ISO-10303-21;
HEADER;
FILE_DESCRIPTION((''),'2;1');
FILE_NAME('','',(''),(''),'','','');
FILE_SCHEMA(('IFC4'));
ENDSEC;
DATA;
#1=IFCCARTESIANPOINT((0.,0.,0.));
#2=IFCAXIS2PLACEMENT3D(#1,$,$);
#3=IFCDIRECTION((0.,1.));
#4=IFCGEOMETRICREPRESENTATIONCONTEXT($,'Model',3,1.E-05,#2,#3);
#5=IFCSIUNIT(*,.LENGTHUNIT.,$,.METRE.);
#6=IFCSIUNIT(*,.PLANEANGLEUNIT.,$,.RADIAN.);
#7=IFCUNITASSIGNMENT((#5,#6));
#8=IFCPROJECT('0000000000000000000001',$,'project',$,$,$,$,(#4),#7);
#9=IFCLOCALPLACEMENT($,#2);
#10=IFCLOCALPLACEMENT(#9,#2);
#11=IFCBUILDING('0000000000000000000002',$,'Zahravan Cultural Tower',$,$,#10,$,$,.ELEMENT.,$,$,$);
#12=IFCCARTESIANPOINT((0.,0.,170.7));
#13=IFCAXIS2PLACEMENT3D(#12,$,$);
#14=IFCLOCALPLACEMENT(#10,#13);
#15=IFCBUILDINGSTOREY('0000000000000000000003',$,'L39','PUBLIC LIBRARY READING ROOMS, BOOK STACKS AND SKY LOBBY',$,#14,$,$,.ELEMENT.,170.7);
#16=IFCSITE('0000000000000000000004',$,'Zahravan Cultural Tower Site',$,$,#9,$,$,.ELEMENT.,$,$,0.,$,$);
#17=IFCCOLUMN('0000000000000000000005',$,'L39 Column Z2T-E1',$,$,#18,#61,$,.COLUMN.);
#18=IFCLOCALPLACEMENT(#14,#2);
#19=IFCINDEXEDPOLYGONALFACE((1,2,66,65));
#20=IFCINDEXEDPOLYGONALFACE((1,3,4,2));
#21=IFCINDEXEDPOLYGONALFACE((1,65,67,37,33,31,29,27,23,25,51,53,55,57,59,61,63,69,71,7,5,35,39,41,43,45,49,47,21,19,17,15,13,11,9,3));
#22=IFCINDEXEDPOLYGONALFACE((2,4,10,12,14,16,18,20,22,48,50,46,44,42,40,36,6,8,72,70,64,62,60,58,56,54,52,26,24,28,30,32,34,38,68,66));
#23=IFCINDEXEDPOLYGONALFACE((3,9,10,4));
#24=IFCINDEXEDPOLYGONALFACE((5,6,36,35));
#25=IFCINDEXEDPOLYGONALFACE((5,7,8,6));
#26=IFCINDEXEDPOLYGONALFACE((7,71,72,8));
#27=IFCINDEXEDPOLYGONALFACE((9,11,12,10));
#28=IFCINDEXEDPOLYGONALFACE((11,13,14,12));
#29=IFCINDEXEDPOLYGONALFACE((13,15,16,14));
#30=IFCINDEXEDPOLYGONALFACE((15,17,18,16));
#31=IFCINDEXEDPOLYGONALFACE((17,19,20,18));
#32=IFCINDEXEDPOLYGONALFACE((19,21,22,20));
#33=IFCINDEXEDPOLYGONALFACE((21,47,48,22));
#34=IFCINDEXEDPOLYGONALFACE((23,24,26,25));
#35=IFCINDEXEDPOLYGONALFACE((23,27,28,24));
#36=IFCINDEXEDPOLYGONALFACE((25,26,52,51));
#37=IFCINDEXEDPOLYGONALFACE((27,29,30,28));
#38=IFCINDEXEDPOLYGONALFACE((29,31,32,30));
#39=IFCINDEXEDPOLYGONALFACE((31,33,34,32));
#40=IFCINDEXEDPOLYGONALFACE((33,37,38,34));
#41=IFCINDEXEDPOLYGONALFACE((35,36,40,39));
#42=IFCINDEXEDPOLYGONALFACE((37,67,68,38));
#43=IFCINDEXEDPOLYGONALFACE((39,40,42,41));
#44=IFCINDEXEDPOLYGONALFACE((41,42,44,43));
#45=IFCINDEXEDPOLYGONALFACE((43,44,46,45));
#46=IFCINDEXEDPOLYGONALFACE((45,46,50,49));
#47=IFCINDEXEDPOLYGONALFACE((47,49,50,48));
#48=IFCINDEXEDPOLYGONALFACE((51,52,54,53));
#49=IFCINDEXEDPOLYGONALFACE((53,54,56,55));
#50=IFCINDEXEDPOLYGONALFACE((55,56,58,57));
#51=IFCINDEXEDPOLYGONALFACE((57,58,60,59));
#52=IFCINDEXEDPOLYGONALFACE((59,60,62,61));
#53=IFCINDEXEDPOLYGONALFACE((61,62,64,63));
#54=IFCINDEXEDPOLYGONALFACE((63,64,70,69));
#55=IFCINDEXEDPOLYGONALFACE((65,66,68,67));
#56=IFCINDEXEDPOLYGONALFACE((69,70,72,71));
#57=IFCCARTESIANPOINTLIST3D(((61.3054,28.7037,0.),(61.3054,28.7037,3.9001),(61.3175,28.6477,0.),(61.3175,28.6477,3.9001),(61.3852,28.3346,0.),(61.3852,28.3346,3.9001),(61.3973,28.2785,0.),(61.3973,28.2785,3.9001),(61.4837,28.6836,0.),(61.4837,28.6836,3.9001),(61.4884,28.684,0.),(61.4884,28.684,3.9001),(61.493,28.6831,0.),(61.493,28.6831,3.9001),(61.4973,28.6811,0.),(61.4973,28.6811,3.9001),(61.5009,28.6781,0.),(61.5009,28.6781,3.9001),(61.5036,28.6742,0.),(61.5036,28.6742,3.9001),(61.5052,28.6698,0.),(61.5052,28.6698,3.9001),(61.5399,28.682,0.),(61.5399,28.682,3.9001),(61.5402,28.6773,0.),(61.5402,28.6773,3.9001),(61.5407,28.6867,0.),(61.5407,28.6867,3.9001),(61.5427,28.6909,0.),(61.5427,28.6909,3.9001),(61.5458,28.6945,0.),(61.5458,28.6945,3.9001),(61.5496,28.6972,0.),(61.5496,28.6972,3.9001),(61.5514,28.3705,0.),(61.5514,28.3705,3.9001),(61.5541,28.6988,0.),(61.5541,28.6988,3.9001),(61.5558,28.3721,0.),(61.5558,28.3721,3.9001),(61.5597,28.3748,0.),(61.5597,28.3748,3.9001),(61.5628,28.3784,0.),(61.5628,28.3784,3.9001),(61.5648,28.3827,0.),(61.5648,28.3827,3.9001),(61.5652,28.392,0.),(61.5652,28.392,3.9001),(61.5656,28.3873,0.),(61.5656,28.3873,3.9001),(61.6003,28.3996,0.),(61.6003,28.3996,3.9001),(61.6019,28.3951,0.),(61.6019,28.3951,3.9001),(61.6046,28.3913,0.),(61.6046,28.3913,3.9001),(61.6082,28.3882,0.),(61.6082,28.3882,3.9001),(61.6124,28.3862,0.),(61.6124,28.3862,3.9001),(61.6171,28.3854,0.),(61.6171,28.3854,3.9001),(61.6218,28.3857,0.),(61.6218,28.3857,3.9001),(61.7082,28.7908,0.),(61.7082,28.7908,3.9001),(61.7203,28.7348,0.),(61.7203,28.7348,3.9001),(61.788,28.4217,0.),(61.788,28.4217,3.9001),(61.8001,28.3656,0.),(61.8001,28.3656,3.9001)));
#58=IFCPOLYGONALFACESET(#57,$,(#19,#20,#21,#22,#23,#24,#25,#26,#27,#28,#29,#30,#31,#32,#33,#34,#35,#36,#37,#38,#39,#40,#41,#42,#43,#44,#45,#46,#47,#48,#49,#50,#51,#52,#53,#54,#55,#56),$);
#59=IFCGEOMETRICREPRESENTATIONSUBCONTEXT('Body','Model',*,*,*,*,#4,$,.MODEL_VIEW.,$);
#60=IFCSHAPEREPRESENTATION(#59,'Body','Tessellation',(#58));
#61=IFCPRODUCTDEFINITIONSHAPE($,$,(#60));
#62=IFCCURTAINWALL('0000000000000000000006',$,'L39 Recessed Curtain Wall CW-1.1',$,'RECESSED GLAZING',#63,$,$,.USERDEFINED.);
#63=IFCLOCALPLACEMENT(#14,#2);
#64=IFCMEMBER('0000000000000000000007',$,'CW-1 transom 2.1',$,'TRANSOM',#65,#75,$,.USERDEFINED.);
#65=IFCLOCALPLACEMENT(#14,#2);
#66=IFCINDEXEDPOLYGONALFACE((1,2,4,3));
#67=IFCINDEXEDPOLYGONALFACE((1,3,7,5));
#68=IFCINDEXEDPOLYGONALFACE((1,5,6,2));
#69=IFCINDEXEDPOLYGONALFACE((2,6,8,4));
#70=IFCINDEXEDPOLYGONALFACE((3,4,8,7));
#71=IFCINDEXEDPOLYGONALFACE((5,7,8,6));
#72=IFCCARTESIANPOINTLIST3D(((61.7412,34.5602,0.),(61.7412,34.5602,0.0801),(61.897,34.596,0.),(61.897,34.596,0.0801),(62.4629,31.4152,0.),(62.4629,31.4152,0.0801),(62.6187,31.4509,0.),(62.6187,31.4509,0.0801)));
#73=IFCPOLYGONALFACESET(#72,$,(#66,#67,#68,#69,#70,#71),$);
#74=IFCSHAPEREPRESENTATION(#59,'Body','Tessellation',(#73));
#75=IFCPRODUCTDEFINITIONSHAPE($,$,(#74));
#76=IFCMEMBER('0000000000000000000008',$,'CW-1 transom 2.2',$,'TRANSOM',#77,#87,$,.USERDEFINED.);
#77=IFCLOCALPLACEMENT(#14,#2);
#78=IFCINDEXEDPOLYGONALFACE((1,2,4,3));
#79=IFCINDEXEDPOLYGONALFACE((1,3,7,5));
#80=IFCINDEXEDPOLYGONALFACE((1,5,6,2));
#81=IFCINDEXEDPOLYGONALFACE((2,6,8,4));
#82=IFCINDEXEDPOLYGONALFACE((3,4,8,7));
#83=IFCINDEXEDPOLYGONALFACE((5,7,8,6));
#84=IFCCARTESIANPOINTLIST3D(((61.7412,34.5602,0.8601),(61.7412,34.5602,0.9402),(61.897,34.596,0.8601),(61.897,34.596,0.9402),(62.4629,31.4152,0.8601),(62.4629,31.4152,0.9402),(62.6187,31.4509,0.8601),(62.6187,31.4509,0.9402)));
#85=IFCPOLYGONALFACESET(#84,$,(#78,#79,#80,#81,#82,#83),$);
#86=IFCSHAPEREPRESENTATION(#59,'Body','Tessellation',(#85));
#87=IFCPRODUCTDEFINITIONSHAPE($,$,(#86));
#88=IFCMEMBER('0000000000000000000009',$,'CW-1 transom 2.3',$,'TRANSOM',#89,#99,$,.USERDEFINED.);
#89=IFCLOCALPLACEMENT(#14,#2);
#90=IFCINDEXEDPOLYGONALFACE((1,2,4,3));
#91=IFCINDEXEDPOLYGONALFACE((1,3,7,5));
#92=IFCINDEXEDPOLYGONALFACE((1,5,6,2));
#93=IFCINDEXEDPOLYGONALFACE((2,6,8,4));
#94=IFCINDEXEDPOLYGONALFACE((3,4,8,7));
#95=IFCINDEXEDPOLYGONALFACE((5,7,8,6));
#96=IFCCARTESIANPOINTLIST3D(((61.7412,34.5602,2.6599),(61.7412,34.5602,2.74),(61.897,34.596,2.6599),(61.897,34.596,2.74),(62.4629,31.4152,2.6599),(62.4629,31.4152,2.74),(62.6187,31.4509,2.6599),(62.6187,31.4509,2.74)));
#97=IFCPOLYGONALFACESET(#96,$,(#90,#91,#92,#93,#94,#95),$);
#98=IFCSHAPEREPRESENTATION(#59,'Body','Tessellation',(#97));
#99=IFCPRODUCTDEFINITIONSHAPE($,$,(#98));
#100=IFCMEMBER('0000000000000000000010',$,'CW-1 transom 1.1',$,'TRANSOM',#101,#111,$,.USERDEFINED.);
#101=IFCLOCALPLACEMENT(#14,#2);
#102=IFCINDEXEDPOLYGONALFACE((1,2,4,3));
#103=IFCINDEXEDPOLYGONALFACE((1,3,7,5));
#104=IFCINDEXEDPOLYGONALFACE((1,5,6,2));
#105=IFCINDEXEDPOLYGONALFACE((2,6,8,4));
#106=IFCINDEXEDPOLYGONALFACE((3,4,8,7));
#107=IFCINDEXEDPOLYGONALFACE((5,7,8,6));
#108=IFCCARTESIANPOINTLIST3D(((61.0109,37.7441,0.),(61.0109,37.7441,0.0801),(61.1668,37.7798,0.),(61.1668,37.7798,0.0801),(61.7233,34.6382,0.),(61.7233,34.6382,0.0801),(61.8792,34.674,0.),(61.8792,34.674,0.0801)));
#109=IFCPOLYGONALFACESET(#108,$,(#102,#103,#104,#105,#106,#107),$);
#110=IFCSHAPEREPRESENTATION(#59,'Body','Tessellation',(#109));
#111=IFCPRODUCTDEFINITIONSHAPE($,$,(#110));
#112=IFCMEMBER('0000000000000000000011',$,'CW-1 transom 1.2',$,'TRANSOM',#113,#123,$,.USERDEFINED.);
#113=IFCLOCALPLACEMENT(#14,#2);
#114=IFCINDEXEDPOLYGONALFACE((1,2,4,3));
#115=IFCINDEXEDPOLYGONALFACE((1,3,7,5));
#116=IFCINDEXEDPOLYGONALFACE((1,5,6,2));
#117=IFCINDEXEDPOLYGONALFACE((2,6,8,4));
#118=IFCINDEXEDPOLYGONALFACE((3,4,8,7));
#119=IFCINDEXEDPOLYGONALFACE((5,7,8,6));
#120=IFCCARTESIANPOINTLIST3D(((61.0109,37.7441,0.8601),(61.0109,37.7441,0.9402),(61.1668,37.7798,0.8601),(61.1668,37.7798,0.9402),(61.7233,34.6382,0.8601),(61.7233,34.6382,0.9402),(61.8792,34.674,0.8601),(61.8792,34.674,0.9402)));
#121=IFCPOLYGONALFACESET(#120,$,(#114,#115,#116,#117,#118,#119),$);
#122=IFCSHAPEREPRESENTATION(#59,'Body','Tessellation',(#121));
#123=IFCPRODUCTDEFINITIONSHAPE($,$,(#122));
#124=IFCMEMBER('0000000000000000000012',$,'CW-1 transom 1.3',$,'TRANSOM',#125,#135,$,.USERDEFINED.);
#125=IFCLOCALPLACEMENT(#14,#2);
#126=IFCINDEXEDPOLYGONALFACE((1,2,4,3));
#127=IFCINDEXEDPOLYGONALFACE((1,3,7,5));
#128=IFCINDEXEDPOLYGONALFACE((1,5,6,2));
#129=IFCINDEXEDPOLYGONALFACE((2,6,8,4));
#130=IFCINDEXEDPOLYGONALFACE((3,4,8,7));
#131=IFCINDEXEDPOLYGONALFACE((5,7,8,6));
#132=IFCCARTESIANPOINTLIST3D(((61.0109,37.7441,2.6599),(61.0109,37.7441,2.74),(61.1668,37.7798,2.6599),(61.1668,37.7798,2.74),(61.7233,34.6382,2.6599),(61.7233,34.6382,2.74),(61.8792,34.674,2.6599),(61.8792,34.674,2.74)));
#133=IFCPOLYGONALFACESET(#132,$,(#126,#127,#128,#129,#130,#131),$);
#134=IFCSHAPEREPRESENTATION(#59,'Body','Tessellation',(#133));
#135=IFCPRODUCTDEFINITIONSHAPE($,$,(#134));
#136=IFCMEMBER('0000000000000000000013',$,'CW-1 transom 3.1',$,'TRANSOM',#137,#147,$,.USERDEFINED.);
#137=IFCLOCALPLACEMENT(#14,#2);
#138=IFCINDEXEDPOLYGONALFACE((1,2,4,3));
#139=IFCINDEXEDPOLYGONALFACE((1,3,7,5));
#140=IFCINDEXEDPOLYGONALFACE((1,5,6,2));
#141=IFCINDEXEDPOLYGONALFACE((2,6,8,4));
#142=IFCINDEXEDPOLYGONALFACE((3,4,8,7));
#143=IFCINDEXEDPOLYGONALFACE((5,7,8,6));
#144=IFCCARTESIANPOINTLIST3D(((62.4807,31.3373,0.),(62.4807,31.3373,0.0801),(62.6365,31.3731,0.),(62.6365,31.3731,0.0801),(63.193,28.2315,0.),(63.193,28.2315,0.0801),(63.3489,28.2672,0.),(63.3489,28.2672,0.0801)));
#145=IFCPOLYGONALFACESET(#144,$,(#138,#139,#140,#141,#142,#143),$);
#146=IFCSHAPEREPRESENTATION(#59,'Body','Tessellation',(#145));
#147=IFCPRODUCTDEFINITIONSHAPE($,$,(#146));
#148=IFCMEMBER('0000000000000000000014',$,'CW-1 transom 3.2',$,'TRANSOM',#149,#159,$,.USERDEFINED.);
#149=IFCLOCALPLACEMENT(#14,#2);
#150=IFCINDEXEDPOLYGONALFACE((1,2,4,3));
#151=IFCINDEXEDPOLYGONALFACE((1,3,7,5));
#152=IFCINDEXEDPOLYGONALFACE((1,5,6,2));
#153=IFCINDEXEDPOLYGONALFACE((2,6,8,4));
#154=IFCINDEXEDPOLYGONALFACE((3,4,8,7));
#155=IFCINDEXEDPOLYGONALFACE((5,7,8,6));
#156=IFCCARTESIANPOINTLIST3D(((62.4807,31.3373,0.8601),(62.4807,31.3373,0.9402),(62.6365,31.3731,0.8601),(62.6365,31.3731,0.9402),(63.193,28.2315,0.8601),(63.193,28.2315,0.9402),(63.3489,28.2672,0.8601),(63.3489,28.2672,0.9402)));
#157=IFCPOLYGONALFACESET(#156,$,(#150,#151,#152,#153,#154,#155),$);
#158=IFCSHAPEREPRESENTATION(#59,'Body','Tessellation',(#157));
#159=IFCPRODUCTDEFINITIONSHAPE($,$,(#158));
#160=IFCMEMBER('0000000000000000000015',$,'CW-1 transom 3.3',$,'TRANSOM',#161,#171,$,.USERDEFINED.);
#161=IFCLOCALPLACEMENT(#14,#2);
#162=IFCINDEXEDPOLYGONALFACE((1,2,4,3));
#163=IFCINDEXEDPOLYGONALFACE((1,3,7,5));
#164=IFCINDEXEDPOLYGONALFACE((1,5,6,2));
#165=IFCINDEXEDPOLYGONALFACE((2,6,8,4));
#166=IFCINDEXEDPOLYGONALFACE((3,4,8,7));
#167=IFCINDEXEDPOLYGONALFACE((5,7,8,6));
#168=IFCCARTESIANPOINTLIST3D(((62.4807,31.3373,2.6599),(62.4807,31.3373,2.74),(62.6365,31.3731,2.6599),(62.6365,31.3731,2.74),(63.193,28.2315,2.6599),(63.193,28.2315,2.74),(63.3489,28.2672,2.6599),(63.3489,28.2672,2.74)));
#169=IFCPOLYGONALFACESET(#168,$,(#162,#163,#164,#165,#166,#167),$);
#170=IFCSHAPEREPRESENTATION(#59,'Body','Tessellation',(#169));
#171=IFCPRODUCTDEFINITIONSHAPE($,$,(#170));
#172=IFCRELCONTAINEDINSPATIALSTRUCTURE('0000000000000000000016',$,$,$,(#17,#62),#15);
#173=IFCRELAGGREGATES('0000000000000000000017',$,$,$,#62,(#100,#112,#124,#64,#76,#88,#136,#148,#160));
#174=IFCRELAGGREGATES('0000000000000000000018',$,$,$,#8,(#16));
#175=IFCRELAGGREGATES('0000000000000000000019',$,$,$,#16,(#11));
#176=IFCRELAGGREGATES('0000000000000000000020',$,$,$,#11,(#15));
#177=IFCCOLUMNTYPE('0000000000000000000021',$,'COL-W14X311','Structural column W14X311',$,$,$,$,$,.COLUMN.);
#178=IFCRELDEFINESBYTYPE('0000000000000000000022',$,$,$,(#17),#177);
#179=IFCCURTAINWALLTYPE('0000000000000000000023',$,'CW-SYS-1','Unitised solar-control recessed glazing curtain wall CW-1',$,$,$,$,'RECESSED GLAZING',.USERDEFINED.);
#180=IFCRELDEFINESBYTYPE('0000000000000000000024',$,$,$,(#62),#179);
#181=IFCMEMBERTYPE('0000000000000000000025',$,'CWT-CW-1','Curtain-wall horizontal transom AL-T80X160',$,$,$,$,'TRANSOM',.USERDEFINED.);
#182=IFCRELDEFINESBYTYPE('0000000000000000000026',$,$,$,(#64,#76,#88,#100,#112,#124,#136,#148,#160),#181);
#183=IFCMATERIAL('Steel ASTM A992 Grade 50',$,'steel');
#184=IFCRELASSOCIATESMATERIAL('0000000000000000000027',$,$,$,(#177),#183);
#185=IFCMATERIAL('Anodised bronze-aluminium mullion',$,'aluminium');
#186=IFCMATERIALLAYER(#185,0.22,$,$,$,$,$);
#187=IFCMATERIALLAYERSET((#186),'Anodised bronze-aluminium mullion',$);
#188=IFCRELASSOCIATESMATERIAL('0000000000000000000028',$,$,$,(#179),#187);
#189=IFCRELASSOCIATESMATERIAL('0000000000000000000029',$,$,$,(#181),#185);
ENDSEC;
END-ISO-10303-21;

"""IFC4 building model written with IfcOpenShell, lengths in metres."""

from ifc_helpers import new_model, si_unit, direction, frame, origin, origin_2d, place, context, subcontext, project, spatial, rectangle, i_section, extrude, source, transform, mapped, material, layer, layer_set, material_profile, profile_set, type_object, element, aggregate, save


model = new_model("IFC4")

# Units and contexts
model_context = context("Model", 3, precision=1e-05, world=origin(), true_north=direction((0.0, 1.0)))
body_context = subcontext(model_context, "Body", "Model", "MODEL_VIEW")
ifc_project = project(units=[si_unit("LENGTHUNIT", "METRE"), si_unit("PLANEANGLEUNIT", "RADIAN")], contexts=[model_context])

# Site, building, storey
site_placement = place(None, origin())
site = spatial("IfcSite", under=ifc_project, at=site_placement, Name="Zahravan Cultural Tower Site", CompositionType="ELEMENT", RefElevation=0.0)
building_placement = place(site_placement, origin())
building = spatial("IfcBuilding", under=site, at=building_placement, Name="Zahravan Cultural Tower", CompositionType="ELEMENT")
storey_placement = place(building_placement, frame((0.0, 0.0, 170.7)))
storey = spatial("IfcBuildingStorey", under=building, at=storey_placement, Name="L39", Description="PUBLIC LIBRARY READING ROOMS, BOOK STACKS AND SKY LOBBY", CompositionType="ELEMENT", Elevation=170.7)

# Column
ifc_material_1 = material(Name="Steel ASTM A992 Grade 50", Category="steel")
ifc_material_profile_1 = material_profile(ifc_material_1, i_section(OverallWidth=0.4121, OverallDepth=0.4351, WebThickness=0.0359, FlangeThickness=0.0574, FilletRadius=0.0181, at=origin_2d()), Name="W14X311")
ifc_profile_set_1 = profile_set([ifc_material_profile_1], Name="Steel ASTM A992 Grade 50")
column_type = type_object("IfcColumnType", Name="COL-W14X311", Description="Structural column W14X311", PredefinedType="COLUMN", material=ifc_profile_set_1)
shared_shape_1 = source(origin(), body_context, "Body", "SweptSolid", [
    extrude(i_section(OverallWidth=0.4121, OverallDepth=0.4351, WebThickness=0.0359, FlangeThickness=0.0574, FilletRadius=0.0181, at=origin_2d()), origin(), (0.0, 0.0, 1.0), 3.9001),
])
column_placement = place(storey_placement, frame((61.5527, 28.5347, 0.0), z_axis=(0.0, 0.0, 1.0), x_axis=(0.977416, 0.211325, 0.0)))
element("IfcColumn", 1, at=column_placement, inside=storey, type_object=column_type, Name="L39 Column Z2T-E1", PredefinedType="COLUMN", context=body_context, shape_type="MappedRepresentation", body=[
    mapped(shared_shape_1, transform((0.0, 0.0, 0.0), x_axis=(1.0, 0.0, 0.0), y_axis=(0.0, 1.0, 0.0), z_axis=(0.0, 0.0, 1.0), scale=1.0)),
])

# Curtain wall, members
ifc_material_2 = material(Name="Anodised bronze-aluminium mullion", Category="aluminium")
ifc_layer_1 = layer(ifc_material_2, 0.22)
ifc_layer_set_1 = layer_set([ifc_layer_1], Name="Anodised bronze-aluminium mullion")
curtain_wall_type = type_object("IfcCurtainWallType", Name="CW-SYS-1", Description="Unitised solar-control recessed glazing curtain wall CW-1", ElementType="RECESSED GLAZING", PredefinedType="USERDEFINED", material=ifc_layer_set_1)
curtain_wall_placement = place(storey_placement, origin())
curtain_wall = element("IfcCurtainWall", 2, at=curtain_wall_placement, inside=storey, type_object=curtain_wall_type, Name="L39 Recessed Curtain Wall CW-1.1", ObjectType="RECESSED GLAZING", PredefinedType="USERDEFINED")
ifc_material_profile_2 = material_profile(ifc_material_2, rectangle(XDim=0.1599, YDim=0.0801, at=origin_2d()), Name="AL-T80X160")
ifc_profile_set_2 = profile_set([ifc_material_profile_2], Name="Anodised bronze-aluminium mullion")
member_type_1 = type_object("IfcMemberType", Name="CWT-CW-1", Description="Curtain-wall horizontal transom AL-T80X160", ElementType="TRANSOM", PredefinedType="USERDEFINED", material=ifc_profile_set_2)
shared_shape_2 = source(origin(), body_context, "Body", "SweptSolid", [
    extrude(rectangle(XDim=0.1599, YDim=0.0801, at=origin_2d()), origin(), (0.0, 0.0, 1.0), 3.2268),
])
member_1_placement = place(storey_placement, frame((61.8191, 34.5781, 0.04), z_axis=(0.223655, -0.974668, 0.0), x_axis=(0.974668, 0.223655, 0.0)))
member_1 = element("IfcMember", 3, at=member_1_placement, type_object=member_type_1, Name="CW-1 transom 2.1", ObjectType="TRANSOM", PredefinedType="USERDEFINED", context=body_context, shape_type="MappedRepresentation", body=[
    mapped(shared_shape_2, transform((0.0, 0.0, 0.0), x_axis=(1.0, 0.0, 0.0), y_axis=(0.0, 1.0, 0.0), z_axis=(0.0, 0.0, 1.0), scale=1.0)),
])
member_2_placement = place(storey_placement, frame((61.8191, 34.5781, 0.9001), z_axis=(0.223655, -0.974668, 0.0), x_axis=(0.974668, 0.223655, 0.0)))
member_2 = element("IfcMember", 4, at=member_2_placement, type_object=member_type_1, Name="CW-1 transom 2.2", ObjectType="TRANSOM", PredefinedType="USERDEFINED", context=body_context, shape_type="MappedRepresentation", body=[
    mapped(shared_shape_2, transform((0.0, 0.0, 0.0), x_axis=(1.0, 0.0, 0.0), y_axis=(0.0, 1.0, 0.0), z_axis=(0.0, 0.0, 1.0), scale=1.0)),
])
member_3_placement = place(storey_placement, frame((61.8191, 34.5781, 2.7), z_axis=(0.223655, -0.974668, 0.0), x_axis=(0.974668, 0.223655, 0.0)))
member_3 = element("IfcMember", 5, at=member_3_placement, type_object=member_type_1, Name="CW-1 transom 2.3", ObjectType="TRANSOM", PredefinedType="USERDEFINED", context=body_context, shape_type="MappedRepresentation", body=[
    mapped(shared_shape_2, transform((0.0, 0.0, 0.0), x_axis=(1.0, 0.0, 0.0), y_axis=(0.0, 1.0, 0.0), z_axis=(0.0, 0.0, 1.0), scale=1.0)),
])
shared_shape_3 = source(origin(), body_context, "Body", "SweptSolid", [
    extrude(rectangle(XDim=0.1599, YDim=0.0801, at=origin_2d()), origin(), (0.0, 0.0, 1.0), 3.1865),
])
member_4_placement = place(storey_placement, frame((61.0889, 37.762, 0.04), z_axis=(0.223561, -0.97469, 0.0), x_axis=(0.97469, 0.223561, 0.0)))
member_4 = element("IfcMember", 6, at=member_4_placement, type_object=member_type_1, Name="CW-1 transom 1.1", ObjectType="TRANSOM", PredefinedType="USERDEFINED", context=body_context, shape_type="MappedRepresentation", body=[
    mapped(shared_shape_3, transform((0.0, 0.0, 0.0), x_axis=(1.0, 0.0, 0.0), y_axis=(0.0, 1.0, 0.0), z_axis=(0.0, 0.0, 1.0), scale=1.0)),
])
member_5_placement = place(storey_placement, frame((61.0889, 37.762, 0.9001), z_axis=(0.223561, -0.97469, 0.0), x_axis=(0.97469, 0.223561, 0.0)))
member_5 = element("IfcMember", 7, at=member_5_placement, type_object=member_type_1, Name="CW-1 transom 1.2", ObjectType="TRANSOM", PredefinedType="USERDEFINED", context=body_context, shape_type="MappedRepresentation", body=[
    mapped(shared_shape_3, transform((0.0, 0.0, 0.0), x_axis=(1.0, 0.0, 0.0), y_axis=(0.0, 1.0, 0.0), z_axis=(0.0, 0.0, 1.0), scale=1.0)),
])
member_6_placement = place(storey_placement, frame((61.0889, 37.762, 2.7), z_axis=(0.223561, -0.97469, 0.0), x_axis=(0.97469, 0.223561, 0.0)))
member_6 = element("IfcMember", 8, at=member_6_placement, type_object=member_type_1, Name="CW-1 transom 1.3", ObjectType="TRANSOM", PredefinedType="USERDEFINED", context=body_context, shape_type="MappedRepresentation", body=[
    mapped(shared_shape_3, transform((0.0, 0.0, 0.0), x_axis=(1.0, 0.0, 0.0), y_axis=(0.0, 1.0, 0.0), z_axis=(0.0, 0.0, 1.0), scale=1.0)),
])
member_7_placement = place(storey_placement, frame((62.5586, 31.3552, 0.04), z_axis=(0.223561, -0.97469, 0.0), x_axis=(0.97469, 0.223561, 0.0)))
member_7 = element("IfcMember", 9, at=member_7_placement, type_object=member_type_1, Name="CW-1 transom 3.1", ObjectType="TRANSOM", PredefinedType="USERDEFINED", context=body_context, shape_type="MappedRepresentation", body=[
    mapped(shared_shape_3, transform((0.0, 0.0, 0.0), x_axis=(1.0, 0.0, 0.0), y_axis=(0.0, 1.0, 0.0), z_axis=(0.0, 0.0, 1.0), scale=1.0)),
])
member_8_placement = place(storey_placement, frame((62.5586, 31.3552, 0.9001), z_axis=(0.223561, -0.97469, 0.0), x_axis=(0.97469, 0.223561, 0.0)))
member_8 = element("IfcMember", 10, at=member_8_placement, type_object=member_type_1, Name="CW-1 transom 3.2", ObjectType="TRANSOM", PredefinedType="USERDEFINED", context=body_context, shape_type="MappedRepresentation", body=[
    mapped(shared_shape_3, transform((0.0, 0.0, 0.0), x_axis=(1.0, 0.0, 0.0), y_axis=(0.0, 1.0, 0.0), z_axis=(0.0, 0.0, 1.0), scale=1.0)),
])
member_9_placement = place(storey_placement, frame((62.5586, 31.3552, 2.7), z_axis=(0.223561, -0.97469, 0.0), x_axis=(0.97469, 0.223561, 0.0)))
member_9 = element("IfcMember", 11, at=member_9_placement, type_object=member_type_1, Name="CW-1 transom 3.3", ObjectType="TRANSOM", PredefinedType="USERDEFINED", context=body_context, shape_type="MappedRepresentation", body=[
    mapped(shared_shape_3, transform((0.0, 0.0, 0.0), x_axis=(1.0, 0.0, 0.0), y_axis=(0.0, 1.0, 0.0), z_axis=(0.0, 0.0, 1.0), scale=1.0)),
])
aggregate(curtain_wall, [member_4, member_5, member_6, member_1, member_2, member_3, member_7, member_8, member_9])

save(model, "model.ifc")
